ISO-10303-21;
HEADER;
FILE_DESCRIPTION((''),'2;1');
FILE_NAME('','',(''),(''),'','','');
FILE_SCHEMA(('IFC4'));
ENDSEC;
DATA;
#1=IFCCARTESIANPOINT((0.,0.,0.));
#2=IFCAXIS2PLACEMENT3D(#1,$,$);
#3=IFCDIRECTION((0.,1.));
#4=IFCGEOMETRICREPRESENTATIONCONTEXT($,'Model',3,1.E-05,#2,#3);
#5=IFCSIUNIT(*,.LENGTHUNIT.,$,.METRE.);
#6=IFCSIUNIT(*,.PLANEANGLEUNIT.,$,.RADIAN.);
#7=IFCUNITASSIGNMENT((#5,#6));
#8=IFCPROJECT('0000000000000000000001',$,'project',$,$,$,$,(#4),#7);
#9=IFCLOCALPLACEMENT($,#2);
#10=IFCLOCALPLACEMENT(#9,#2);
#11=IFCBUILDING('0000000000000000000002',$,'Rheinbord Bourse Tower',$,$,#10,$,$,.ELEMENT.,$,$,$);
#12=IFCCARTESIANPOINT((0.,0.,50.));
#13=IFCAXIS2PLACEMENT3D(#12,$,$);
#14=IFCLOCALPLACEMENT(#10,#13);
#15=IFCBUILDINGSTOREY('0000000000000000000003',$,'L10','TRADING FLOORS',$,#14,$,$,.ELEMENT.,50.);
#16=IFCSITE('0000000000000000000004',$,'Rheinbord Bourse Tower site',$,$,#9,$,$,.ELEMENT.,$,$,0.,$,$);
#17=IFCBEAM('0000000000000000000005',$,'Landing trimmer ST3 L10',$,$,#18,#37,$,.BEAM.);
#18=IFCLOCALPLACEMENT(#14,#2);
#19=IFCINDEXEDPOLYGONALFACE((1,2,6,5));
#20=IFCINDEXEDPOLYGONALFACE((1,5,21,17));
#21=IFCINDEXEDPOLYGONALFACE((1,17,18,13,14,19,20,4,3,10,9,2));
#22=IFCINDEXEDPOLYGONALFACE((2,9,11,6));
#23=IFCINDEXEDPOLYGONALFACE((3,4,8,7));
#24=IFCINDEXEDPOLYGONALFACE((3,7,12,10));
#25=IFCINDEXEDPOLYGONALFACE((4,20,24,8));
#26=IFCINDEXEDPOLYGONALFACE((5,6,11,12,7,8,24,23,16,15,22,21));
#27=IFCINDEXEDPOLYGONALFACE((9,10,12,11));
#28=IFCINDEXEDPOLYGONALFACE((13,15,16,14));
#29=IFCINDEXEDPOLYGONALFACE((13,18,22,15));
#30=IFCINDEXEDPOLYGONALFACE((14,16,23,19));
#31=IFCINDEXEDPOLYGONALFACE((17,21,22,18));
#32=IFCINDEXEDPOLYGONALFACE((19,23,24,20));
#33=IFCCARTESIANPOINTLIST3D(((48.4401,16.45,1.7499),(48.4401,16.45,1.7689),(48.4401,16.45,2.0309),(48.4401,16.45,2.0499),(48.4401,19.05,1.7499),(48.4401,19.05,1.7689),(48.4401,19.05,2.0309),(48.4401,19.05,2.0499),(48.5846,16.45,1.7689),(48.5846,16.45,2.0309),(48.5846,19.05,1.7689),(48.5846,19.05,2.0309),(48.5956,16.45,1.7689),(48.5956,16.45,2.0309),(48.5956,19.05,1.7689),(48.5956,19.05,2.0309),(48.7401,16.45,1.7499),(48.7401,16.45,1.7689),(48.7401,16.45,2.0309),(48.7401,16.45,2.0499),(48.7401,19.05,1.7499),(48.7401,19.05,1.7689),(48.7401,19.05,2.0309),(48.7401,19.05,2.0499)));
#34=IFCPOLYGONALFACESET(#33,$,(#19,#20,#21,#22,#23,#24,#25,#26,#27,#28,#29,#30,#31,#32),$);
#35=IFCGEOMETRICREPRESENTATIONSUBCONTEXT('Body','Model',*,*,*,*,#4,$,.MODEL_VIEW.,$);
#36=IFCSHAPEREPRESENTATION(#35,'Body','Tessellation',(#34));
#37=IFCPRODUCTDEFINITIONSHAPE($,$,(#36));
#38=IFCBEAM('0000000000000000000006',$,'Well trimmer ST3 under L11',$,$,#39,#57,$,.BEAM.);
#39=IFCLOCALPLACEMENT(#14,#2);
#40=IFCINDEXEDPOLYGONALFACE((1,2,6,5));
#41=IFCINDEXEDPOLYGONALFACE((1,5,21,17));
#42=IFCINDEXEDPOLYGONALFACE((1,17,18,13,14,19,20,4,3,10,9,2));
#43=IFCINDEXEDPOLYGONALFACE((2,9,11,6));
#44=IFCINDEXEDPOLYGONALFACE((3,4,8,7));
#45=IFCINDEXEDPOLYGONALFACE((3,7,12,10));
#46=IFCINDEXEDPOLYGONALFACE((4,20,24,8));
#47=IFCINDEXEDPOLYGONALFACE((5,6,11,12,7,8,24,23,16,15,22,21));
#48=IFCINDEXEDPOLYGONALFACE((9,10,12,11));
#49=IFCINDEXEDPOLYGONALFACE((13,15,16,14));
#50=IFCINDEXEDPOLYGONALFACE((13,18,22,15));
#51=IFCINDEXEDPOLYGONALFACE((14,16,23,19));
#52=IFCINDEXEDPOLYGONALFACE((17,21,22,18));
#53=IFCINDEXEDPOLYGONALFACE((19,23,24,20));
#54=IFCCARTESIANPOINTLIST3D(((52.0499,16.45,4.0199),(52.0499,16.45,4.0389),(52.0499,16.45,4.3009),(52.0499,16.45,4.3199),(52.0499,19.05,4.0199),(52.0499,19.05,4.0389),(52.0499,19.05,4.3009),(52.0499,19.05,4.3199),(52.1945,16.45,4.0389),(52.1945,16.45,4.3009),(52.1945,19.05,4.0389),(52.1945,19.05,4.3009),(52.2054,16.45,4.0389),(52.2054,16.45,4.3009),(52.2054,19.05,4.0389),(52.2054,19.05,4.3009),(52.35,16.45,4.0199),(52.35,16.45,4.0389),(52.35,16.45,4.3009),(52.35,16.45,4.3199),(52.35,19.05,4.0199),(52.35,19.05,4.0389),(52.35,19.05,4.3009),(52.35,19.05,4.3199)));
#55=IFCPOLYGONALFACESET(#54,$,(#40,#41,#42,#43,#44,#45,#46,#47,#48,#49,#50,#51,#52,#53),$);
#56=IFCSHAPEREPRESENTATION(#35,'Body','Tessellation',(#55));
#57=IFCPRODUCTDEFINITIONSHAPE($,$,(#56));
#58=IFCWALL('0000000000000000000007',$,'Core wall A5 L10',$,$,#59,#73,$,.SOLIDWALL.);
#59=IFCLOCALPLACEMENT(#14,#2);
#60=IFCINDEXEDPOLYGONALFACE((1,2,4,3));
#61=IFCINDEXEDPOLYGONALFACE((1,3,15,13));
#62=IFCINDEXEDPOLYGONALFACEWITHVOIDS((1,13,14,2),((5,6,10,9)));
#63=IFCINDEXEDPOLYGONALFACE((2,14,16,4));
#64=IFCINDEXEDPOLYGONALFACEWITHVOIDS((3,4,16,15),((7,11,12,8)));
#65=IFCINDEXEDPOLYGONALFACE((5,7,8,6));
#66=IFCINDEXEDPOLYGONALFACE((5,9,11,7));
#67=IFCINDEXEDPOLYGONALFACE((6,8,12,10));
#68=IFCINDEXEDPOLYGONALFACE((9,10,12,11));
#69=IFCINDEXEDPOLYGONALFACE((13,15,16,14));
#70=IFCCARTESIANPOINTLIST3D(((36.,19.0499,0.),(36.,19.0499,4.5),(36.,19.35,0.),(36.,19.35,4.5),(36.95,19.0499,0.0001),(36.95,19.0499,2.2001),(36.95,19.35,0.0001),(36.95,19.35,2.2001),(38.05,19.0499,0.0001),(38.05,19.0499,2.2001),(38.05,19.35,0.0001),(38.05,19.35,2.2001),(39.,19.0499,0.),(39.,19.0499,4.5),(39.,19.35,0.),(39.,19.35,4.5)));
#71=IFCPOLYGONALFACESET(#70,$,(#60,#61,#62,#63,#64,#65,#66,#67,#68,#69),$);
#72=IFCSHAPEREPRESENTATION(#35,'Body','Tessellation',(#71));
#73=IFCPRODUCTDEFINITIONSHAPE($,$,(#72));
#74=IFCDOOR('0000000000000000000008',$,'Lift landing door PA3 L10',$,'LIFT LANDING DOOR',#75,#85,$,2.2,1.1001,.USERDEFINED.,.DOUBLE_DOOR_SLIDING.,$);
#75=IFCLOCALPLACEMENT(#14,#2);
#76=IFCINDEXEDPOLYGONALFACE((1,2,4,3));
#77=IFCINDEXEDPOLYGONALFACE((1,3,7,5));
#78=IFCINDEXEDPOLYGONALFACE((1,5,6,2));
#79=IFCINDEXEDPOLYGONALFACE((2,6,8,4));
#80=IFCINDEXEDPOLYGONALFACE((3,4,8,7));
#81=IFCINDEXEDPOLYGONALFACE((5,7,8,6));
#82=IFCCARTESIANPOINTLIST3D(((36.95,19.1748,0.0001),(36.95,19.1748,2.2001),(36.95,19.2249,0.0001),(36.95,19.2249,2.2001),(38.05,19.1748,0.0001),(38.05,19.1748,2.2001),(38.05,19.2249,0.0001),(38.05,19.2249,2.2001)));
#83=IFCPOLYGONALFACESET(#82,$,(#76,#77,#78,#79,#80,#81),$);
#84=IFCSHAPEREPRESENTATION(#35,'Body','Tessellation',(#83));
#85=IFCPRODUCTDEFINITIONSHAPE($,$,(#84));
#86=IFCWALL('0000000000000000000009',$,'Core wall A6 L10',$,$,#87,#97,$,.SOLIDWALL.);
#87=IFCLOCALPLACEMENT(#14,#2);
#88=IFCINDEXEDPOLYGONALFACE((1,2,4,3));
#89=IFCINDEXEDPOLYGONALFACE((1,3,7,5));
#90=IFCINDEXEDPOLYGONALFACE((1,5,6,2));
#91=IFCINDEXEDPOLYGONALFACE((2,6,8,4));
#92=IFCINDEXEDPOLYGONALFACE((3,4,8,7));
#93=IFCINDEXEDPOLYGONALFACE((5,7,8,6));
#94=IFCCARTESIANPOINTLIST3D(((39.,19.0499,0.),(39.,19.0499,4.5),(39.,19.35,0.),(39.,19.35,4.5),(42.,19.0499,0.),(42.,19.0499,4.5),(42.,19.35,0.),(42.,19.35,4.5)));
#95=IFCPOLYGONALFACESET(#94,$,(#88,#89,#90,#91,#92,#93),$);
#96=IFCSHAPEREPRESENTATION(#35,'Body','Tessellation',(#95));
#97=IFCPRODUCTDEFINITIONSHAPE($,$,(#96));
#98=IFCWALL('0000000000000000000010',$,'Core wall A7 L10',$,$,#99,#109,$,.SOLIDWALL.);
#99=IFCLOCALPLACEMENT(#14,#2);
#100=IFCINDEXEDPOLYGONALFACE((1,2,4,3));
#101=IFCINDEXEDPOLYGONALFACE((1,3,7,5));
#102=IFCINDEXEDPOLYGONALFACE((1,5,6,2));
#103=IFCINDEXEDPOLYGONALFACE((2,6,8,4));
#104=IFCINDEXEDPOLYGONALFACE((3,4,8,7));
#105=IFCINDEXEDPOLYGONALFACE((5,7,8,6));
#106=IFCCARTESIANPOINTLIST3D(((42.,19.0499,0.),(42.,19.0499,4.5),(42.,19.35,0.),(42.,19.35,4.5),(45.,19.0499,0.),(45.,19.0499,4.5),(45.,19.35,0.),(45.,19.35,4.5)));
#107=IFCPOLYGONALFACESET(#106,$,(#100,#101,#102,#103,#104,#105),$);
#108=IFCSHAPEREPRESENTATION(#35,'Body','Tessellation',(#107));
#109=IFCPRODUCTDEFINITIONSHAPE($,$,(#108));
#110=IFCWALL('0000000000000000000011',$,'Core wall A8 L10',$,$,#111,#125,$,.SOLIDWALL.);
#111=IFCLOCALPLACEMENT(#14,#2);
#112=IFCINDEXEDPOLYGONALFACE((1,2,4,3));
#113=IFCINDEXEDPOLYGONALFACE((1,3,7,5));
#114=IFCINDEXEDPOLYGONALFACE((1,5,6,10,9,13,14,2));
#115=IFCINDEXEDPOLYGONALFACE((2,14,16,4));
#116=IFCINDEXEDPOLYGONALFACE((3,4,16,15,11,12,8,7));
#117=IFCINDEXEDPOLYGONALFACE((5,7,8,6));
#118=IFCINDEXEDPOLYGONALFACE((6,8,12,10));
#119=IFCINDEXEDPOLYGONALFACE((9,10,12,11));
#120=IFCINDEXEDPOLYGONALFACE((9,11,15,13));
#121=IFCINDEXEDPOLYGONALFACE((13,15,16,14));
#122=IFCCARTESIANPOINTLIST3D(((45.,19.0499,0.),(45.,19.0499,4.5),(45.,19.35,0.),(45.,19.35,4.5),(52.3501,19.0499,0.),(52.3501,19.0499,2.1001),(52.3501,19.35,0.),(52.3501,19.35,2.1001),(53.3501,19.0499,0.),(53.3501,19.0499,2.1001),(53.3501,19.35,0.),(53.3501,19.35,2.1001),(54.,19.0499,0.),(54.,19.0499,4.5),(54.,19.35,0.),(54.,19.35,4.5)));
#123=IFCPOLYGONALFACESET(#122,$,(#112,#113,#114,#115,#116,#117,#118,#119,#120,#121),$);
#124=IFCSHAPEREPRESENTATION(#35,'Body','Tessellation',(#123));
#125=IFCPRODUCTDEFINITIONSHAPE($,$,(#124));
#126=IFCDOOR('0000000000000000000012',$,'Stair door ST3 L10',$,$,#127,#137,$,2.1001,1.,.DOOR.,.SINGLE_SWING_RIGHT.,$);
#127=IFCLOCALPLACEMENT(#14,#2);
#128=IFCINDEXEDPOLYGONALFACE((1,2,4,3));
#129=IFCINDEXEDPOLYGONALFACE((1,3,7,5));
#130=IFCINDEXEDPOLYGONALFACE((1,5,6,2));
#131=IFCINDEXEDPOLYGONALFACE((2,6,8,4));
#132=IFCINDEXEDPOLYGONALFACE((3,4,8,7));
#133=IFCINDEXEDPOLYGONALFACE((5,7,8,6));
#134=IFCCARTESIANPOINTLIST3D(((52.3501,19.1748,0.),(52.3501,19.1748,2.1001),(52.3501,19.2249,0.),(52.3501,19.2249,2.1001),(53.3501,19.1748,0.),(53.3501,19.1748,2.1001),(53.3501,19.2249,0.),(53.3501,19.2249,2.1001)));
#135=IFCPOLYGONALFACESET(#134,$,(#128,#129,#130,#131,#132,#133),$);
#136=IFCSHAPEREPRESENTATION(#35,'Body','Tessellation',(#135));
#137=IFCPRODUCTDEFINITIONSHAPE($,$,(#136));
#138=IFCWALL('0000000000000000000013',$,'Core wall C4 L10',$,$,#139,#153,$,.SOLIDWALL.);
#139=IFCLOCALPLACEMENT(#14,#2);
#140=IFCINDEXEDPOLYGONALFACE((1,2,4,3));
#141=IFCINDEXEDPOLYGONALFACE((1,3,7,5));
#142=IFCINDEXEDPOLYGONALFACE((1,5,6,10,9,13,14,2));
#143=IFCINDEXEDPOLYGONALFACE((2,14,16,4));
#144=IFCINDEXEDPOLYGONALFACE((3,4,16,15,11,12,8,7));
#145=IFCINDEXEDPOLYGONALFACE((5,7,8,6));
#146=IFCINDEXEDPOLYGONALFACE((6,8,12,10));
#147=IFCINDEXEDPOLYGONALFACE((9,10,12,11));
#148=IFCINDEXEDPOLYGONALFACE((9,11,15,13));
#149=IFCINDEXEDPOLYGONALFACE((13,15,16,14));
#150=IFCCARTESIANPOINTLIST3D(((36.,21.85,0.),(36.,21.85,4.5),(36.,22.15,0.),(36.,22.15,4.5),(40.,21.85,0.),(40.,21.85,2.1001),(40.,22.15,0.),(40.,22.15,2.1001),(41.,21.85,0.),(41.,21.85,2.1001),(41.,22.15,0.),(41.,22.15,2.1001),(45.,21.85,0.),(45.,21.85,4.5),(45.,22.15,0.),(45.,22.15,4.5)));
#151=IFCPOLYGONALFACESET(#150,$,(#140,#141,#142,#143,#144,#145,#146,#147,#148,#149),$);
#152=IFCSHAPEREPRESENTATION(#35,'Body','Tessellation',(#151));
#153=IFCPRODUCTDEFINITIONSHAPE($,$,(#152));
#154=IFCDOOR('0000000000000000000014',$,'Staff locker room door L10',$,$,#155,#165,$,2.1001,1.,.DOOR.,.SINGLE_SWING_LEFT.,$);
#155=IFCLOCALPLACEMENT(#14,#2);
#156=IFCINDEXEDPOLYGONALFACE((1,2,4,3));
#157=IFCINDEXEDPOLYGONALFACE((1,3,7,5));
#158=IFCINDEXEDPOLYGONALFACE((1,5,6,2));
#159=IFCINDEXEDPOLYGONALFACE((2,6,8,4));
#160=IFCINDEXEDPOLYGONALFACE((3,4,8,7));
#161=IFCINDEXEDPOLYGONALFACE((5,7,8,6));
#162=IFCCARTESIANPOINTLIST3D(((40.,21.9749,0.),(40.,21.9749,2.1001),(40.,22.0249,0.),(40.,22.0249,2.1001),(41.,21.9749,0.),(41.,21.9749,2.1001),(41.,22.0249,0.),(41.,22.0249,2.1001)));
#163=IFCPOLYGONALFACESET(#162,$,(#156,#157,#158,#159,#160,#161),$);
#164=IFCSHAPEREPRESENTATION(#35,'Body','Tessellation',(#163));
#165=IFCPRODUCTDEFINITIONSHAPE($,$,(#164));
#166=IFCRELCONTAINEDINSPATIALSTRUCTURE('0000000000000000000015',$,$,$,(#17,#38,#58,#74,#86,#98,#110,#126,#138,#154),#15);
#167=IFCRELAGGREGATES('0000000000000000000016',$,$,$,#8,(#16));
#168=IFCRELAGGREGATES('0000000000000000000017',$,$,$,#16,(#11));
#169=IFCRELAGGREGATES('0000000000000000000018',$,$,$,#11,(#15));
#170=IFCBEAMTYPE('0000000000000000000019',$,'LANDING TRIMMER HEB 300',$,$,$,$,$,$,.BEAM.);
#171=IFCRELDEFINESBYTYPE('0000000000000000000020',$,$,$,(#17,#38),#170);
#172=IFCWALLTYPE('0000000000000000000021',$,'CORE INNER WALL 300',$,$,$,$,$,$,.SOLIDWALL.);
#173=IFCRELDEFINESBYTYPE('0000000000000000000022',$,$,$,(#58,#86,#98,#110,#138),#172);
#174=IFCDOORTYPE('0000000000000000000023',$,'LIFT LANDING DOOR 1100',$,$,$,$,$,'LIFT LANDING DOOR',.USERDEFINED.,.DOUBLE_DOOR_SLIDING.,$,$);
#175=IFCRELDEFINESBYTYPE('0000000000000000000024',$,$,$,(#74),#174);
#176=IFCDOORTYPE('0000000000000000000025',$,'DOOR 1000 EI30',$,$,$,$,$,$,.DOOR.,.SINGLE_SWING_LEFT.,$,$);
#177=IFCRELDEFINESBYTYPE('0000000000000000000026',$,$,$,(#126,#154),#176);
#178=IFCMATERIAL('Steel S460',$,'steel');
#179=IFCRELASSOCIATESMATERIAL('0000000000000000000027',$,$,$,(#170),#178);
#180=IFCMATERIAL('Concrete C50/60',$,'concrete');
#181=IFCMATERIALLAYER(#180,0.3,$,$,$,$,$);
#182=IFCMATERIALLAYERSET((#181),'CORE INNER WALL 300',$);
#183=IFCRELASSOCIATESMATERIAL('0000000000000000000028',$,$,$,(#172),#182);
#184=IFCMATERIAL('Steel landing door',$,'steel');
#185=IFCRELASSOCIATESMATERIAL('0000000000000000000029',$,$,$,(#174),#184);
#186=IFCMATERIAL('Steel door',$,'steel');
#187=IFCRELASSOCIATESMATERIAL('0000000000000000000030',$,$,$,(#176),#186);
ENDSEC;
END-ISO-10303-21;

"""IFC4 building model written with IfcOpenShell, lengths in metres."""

from ifc_helpers import new_model, si_unit, direction, frame, frame_2d, origin, origin_2d, place, context, subcontext, project, spatial, rectangle, i_section, extrude, material, layer, layer_set, material_profile, profile_set, type_object, element, fill, save


model = new_model("IFC4")

# Units and contexts
model_context = context("Model", 3, precision=1e-05, world=origin(), true_north=direction((0.0, 1.0)))
body_context = subcontext(model_context, "Body", "Model", "MODEL_VIEW")
ifc_project = project(units=[si_unit("LENGTHUNIT", "METRE"), si_unit("PLANEANGLEUNIT", "RADIAN")], contexts=[model_context])

# Site, building, storey
site_placement = place(None, origin())
site = spatial("IfcSite", under=ifc_project, at=site_placement, Name="Rheinbord Bourse Tower site", CompositionType="ELEMENT", RefElevation=0.0)
building_placement = place(site_placement, origin())
building = spatial("IfcBuilding", under=site, at=building_placement, Name="Rheinbord Bourse Tower", CompositionType="ELEMENT")
storey_placement = place(building_placement, frame((0.0, 0.0, 50.0)))
storey = spatial("IfcBuildingStorey", under=building, at=storey_placement, Name="L10", Description="TRADING FLOORS", CompositionType="ELEMENT", Elevation=50.0)

# Beams
ifc_material_1 = material(Name="Steel S460", Category="steel")
ifc_material_profile = material_profile(ifc_material_1, i_section(OverallWidth=0.3, OverallDepth=0.3, WebThickness=0.011, FlangeThickness=0.019, at=origin_2d()), Name="HEB 300")
ifc_profile_set = profile_set([ifc_material_profile], Name="Steel S460")
beam_type = type_object("IfcBeamType", Name="LANDING TRIMMER HEB 300", PredefinedType="BEAM", material=ifc_profile_set)
for number, where, z_axis, x_axis, name in (
    (1, (48.5901, 16.45, 1.8999), (0.0, 1.0, 0.0), (-1.0, 0.0, 0.0), "Landing trimmer ST3 L10"),
    (2, (52.2, 16.45, 4.1699), (0.0, 1.0, 0.0), (-1.0, 0.0, 0.0), "Well trimmer ST3 under L11"),
):
    element("IfcBeam", number, at=place(storey_placement, frame(where, z_axis=z_axis, x_axis=x_axis)), inside=storey, type_object=beam_type, Name=name, PredefinedType="BEAM", context=body_context, shape_type="SweptSolid", body=[
        extrude(i_section(OverallWidth=0.3, OverallDepth=0.3, WebThickness=0.011, FlangeThickness=0.019, at=origin_2d()), origin(), (0.0, 0.0, 1.0), 2.6001),
    ])

# Wall, opening, door
ifc_material_2 = material(Name="Concrete C50/60", Category="concrete")
ifc_layer_1 = layer(ifc_material_2, 0.3)
ifc_layer_set_1 = layer_set([ifc_layer_1], Name="CORE INNER WALL 300")
wall_type_1 = type_object("IfcWallType", Name="CORE INNER WALL 300", PredefinedType="SOLIDWALL", material=ifc_layer_set_1)
wall_1_placement = place(storey_placement, frame((36.0, 19.2, 0.0), z_axis=(0.0, 0.0, 1.0), x_axis=(1.0, 0.0, 0.0)))
wall_1 = element("IfcWall", 3, at=wall_1_placement, inside=storey, type_object=wall_type_1, Name="Core wall A5 L10", PredefinedType="SOLIDWALL", context=body_context, shape_type="SweptSolid", body=[
    extrude(rectangle(XDim=3.0, YDim=0.3, at=frame_2d((1.5, 0.0))), origin(), (0.0, 0.0, 1.0), 4.5),
])
opening_1_placement = place(wall_1_placement, frame((0.95, 0.0, 0.0)))
opening_1 = element("IfcOpeningElement", 4, at=opening_1_placement, cuts=wall_1, PredefinedType="OPENING", context=body_context, shape_type="SweptSolid", body=[
    extrude(rectangle(XDim=1.1001, YDim=2.2, at=frame_2d((0.55, 1.1001))), frame((0.0, 0.1599, 0.0), z_axis=(0.0, -1.0, 0.0), x_axis=(1.0, 0.0, 0.0)), (0.0, 0.0, 1.0), 0.3201),
])
ifc_material_3 = material(Name="Steel landing door", Category="steel")
door_type_1 = type_object("IfcDoorType", Name="LIFT LANDING DOOR 1100", ElementType="LIFT LANDING DOOR", OperationType="DOUBLE_DOOR_SLIDING", PredefinedType="USERDEFINED", material=ifc_material_3)
door_1_placement = place(opening_1_placement, origin())
door_1 = element("IfcDoor", 5, at=door_1_placement, inside=storey, type_object=door_type_1, Name="Lift landing door PA3 L10", ObjectType="LIFT LANDING DOOR", OperationType="DOUBLE_DOOR_SLIDING", OverallHeight=2.2, OverallWidth=1.1001, PredefinedType="USERDEFINED", context=body_context, shape_type="SweptSolid", body=[
    extrude(rectangle(XDim=1.1001, YDim=2.2, at=frame_2d((0.55, 1.1001))), frame((0.0, 0.0249, 0.0), z_axis=(0.0, -1.0, 0.0), x_axis=(1.0, 0.0, 0.0)), (0.0, 0.0, 1.0), 0.05),
])
fill(opening_1, door_1)

# Walls
for number, where, z_axis, x_axis, name in (
    (6, (39.0, 19.2, 0.0), (0.0, 0.0, 1.0), (1.0, 0.0, 0.0), "Core wall A6 L10"),
    (7, (42.0, 19.2, 0.0), (0.0, 0.0, 1.0), (1.0, 0.0, 0.0), "Core wall A7 L10"),
):
    element("IfcWall", number, at=place(storey_placement, frame(where, z_axis=z_axis, x_axis=x_axis)), inside=storey, type_object=wall_type_1, Name=name, PredefinedType="SOLIDWALL", context=body_context, shape_type="SweptSolid", body=[
        extrude(rectangle(XDim=3.0, YDim=0.3, at=frame_2d((1.5, 0.0))), origin(), (0.0, 0.0, 1.0), 4.5),
    ])

# Walls, openings, doors
wall_2_placement = place(storey_placement, frame((45.0, 19.2, 0.0), z_axis=(0.0, 0.0, 1.0), x_axis=(1.0, 0.0, 0.0)))
wall_2 = element("IfcWall", 8, at=wall_2_placement, inside=storey, type_object=wall_type_1, Name="Core wall A8 L10", PredefinedType="SOLIDWALL", context=body_context, shape_type="SweptSolid", body=[
    extrude(rectangle(XDim=9.0, YDim=0.3, at=frame_2d((4.5, 0.0))), origin(), (0.0, 0.0, 1.0), 4.5),
])
opening_2_placement = place(wall_2_placement, frame((7.3501, 0.0, 0.0)))
opening_2 = element("IfcOpeningElement", 9, at=opening_2_placement, cuts=wall_2, PredefinedType="OPENING", context=body_context, shape_type="SweptSolid", body=[
    extrude(rectangle(XDim=1.0, YDim=2.1001, at=frame_2d((0.5, 1.05))), frame((0.0, 0.1599, 0.0), z_axis=(0.0, -1.0, 0.0), x_axis=(1.0, 0.0, 0.0)), (0.0, 0.0, 1.0), 0.3201),
])
ifc_material_4 = material(Name="Steel door", Category="steel")
door_type_2 = type_object("IfcDoorType", Name="DOOR 1000 EI30", OperationType="SINGLE_SWING_LEFT", PredefinedType="DOOR", material=ifc_material_4)
door_2_placement = place(opening_2_placement, origin())
door_2 = element("IfcDoor", 10, at=door_2_placement, inside=storey, type_object=door_type_2, Name="Stair door ST3 L10", OperationType="SINGLE_SWING_RIGHT", OverallHeight=2.1001, OverallWidth=1.0, PredefinedType="DOOR", context=body_context, shape_type="SweptSolid", body=[
    extrude(rectangle(XDim=1.0, YDim=2.1001, at=frame_2d((0.5, 1.05))), frame((0.0, 0.0249, 0.0), z_axis=(0.0, -1.0, 0.0), x_axis=(1.0, 0.0, 0.0)), (0.0, 0.0, 1.0), 0.05),
])
fill(opening_2, door_2)
wall_3_placement = place(storey_placement, frame((36.0, 22.0, 0.0), z_axis=(0.0, 0.0, 1.0), x_axis=(1.0, 0.0, 0.0)))
wall_3 = element("IfcWall", 11, at=wall_3_placement, inside=storey, type_object=wall_type_1, Name="Core wall C4 L10", PredefinedType="SOLIDWALL", context=body_context, shape_type="SweptSolid", body=[
    extrude(rectangle(XDim=9.0, YDim=0.3, at=frame_2d((4.5, 0.0))), origin(), (0.0, 0.0, 1.0), 4.5),
])
opening_3_placement = place(wall_3_placement, frame((4.0, 0.0, 0.0)))
opening_3 = element("IfcOpeningElement", 12, at=opening_3_placement, cuts=wall_3, PredefinedType="OPENING", context=body_context, shape_type="SweptSolid", body=[
    extrude(rectangle(XDim=1.0, YDim=2.1001, at=frame_2d((0.5, 1.05))), frame((0.0, 0.1599, 0.0), z_axis=(0.0, -1.0, 0.0), x_axis=(1.0, 0.0, 0.0)), (0.0, 0.0, 1.0), 0.3201),
])
door_3_placement = place(opening_3_placement, origin())
door_3 = element("IfcDoor", 13, at=door_3_placement, inside=storey, type_object=door_type_2, Name="Staff locker room door L10", OperationType="SINGLE_SWING_LEFT", OverallHeight=2.1001, OverallWidth=1.0, PredefinedType="DOOR", context=body_context, shape_type="SweptSolid", body=[
    extrude(rectangle(XDim=1.0, YDim=2.1001, at=frame_2d((0.5, 1.05))), frame((0.0, 0.0249, 0.0), z_axis=(0.0, -1.0, 0.0), x_axis=(1.0, 0.0, 0.0)), (0.0, 0.0, 1.0), 0.05),
])
fill(opening_3, door_3)

save(model, "model.ifc")
